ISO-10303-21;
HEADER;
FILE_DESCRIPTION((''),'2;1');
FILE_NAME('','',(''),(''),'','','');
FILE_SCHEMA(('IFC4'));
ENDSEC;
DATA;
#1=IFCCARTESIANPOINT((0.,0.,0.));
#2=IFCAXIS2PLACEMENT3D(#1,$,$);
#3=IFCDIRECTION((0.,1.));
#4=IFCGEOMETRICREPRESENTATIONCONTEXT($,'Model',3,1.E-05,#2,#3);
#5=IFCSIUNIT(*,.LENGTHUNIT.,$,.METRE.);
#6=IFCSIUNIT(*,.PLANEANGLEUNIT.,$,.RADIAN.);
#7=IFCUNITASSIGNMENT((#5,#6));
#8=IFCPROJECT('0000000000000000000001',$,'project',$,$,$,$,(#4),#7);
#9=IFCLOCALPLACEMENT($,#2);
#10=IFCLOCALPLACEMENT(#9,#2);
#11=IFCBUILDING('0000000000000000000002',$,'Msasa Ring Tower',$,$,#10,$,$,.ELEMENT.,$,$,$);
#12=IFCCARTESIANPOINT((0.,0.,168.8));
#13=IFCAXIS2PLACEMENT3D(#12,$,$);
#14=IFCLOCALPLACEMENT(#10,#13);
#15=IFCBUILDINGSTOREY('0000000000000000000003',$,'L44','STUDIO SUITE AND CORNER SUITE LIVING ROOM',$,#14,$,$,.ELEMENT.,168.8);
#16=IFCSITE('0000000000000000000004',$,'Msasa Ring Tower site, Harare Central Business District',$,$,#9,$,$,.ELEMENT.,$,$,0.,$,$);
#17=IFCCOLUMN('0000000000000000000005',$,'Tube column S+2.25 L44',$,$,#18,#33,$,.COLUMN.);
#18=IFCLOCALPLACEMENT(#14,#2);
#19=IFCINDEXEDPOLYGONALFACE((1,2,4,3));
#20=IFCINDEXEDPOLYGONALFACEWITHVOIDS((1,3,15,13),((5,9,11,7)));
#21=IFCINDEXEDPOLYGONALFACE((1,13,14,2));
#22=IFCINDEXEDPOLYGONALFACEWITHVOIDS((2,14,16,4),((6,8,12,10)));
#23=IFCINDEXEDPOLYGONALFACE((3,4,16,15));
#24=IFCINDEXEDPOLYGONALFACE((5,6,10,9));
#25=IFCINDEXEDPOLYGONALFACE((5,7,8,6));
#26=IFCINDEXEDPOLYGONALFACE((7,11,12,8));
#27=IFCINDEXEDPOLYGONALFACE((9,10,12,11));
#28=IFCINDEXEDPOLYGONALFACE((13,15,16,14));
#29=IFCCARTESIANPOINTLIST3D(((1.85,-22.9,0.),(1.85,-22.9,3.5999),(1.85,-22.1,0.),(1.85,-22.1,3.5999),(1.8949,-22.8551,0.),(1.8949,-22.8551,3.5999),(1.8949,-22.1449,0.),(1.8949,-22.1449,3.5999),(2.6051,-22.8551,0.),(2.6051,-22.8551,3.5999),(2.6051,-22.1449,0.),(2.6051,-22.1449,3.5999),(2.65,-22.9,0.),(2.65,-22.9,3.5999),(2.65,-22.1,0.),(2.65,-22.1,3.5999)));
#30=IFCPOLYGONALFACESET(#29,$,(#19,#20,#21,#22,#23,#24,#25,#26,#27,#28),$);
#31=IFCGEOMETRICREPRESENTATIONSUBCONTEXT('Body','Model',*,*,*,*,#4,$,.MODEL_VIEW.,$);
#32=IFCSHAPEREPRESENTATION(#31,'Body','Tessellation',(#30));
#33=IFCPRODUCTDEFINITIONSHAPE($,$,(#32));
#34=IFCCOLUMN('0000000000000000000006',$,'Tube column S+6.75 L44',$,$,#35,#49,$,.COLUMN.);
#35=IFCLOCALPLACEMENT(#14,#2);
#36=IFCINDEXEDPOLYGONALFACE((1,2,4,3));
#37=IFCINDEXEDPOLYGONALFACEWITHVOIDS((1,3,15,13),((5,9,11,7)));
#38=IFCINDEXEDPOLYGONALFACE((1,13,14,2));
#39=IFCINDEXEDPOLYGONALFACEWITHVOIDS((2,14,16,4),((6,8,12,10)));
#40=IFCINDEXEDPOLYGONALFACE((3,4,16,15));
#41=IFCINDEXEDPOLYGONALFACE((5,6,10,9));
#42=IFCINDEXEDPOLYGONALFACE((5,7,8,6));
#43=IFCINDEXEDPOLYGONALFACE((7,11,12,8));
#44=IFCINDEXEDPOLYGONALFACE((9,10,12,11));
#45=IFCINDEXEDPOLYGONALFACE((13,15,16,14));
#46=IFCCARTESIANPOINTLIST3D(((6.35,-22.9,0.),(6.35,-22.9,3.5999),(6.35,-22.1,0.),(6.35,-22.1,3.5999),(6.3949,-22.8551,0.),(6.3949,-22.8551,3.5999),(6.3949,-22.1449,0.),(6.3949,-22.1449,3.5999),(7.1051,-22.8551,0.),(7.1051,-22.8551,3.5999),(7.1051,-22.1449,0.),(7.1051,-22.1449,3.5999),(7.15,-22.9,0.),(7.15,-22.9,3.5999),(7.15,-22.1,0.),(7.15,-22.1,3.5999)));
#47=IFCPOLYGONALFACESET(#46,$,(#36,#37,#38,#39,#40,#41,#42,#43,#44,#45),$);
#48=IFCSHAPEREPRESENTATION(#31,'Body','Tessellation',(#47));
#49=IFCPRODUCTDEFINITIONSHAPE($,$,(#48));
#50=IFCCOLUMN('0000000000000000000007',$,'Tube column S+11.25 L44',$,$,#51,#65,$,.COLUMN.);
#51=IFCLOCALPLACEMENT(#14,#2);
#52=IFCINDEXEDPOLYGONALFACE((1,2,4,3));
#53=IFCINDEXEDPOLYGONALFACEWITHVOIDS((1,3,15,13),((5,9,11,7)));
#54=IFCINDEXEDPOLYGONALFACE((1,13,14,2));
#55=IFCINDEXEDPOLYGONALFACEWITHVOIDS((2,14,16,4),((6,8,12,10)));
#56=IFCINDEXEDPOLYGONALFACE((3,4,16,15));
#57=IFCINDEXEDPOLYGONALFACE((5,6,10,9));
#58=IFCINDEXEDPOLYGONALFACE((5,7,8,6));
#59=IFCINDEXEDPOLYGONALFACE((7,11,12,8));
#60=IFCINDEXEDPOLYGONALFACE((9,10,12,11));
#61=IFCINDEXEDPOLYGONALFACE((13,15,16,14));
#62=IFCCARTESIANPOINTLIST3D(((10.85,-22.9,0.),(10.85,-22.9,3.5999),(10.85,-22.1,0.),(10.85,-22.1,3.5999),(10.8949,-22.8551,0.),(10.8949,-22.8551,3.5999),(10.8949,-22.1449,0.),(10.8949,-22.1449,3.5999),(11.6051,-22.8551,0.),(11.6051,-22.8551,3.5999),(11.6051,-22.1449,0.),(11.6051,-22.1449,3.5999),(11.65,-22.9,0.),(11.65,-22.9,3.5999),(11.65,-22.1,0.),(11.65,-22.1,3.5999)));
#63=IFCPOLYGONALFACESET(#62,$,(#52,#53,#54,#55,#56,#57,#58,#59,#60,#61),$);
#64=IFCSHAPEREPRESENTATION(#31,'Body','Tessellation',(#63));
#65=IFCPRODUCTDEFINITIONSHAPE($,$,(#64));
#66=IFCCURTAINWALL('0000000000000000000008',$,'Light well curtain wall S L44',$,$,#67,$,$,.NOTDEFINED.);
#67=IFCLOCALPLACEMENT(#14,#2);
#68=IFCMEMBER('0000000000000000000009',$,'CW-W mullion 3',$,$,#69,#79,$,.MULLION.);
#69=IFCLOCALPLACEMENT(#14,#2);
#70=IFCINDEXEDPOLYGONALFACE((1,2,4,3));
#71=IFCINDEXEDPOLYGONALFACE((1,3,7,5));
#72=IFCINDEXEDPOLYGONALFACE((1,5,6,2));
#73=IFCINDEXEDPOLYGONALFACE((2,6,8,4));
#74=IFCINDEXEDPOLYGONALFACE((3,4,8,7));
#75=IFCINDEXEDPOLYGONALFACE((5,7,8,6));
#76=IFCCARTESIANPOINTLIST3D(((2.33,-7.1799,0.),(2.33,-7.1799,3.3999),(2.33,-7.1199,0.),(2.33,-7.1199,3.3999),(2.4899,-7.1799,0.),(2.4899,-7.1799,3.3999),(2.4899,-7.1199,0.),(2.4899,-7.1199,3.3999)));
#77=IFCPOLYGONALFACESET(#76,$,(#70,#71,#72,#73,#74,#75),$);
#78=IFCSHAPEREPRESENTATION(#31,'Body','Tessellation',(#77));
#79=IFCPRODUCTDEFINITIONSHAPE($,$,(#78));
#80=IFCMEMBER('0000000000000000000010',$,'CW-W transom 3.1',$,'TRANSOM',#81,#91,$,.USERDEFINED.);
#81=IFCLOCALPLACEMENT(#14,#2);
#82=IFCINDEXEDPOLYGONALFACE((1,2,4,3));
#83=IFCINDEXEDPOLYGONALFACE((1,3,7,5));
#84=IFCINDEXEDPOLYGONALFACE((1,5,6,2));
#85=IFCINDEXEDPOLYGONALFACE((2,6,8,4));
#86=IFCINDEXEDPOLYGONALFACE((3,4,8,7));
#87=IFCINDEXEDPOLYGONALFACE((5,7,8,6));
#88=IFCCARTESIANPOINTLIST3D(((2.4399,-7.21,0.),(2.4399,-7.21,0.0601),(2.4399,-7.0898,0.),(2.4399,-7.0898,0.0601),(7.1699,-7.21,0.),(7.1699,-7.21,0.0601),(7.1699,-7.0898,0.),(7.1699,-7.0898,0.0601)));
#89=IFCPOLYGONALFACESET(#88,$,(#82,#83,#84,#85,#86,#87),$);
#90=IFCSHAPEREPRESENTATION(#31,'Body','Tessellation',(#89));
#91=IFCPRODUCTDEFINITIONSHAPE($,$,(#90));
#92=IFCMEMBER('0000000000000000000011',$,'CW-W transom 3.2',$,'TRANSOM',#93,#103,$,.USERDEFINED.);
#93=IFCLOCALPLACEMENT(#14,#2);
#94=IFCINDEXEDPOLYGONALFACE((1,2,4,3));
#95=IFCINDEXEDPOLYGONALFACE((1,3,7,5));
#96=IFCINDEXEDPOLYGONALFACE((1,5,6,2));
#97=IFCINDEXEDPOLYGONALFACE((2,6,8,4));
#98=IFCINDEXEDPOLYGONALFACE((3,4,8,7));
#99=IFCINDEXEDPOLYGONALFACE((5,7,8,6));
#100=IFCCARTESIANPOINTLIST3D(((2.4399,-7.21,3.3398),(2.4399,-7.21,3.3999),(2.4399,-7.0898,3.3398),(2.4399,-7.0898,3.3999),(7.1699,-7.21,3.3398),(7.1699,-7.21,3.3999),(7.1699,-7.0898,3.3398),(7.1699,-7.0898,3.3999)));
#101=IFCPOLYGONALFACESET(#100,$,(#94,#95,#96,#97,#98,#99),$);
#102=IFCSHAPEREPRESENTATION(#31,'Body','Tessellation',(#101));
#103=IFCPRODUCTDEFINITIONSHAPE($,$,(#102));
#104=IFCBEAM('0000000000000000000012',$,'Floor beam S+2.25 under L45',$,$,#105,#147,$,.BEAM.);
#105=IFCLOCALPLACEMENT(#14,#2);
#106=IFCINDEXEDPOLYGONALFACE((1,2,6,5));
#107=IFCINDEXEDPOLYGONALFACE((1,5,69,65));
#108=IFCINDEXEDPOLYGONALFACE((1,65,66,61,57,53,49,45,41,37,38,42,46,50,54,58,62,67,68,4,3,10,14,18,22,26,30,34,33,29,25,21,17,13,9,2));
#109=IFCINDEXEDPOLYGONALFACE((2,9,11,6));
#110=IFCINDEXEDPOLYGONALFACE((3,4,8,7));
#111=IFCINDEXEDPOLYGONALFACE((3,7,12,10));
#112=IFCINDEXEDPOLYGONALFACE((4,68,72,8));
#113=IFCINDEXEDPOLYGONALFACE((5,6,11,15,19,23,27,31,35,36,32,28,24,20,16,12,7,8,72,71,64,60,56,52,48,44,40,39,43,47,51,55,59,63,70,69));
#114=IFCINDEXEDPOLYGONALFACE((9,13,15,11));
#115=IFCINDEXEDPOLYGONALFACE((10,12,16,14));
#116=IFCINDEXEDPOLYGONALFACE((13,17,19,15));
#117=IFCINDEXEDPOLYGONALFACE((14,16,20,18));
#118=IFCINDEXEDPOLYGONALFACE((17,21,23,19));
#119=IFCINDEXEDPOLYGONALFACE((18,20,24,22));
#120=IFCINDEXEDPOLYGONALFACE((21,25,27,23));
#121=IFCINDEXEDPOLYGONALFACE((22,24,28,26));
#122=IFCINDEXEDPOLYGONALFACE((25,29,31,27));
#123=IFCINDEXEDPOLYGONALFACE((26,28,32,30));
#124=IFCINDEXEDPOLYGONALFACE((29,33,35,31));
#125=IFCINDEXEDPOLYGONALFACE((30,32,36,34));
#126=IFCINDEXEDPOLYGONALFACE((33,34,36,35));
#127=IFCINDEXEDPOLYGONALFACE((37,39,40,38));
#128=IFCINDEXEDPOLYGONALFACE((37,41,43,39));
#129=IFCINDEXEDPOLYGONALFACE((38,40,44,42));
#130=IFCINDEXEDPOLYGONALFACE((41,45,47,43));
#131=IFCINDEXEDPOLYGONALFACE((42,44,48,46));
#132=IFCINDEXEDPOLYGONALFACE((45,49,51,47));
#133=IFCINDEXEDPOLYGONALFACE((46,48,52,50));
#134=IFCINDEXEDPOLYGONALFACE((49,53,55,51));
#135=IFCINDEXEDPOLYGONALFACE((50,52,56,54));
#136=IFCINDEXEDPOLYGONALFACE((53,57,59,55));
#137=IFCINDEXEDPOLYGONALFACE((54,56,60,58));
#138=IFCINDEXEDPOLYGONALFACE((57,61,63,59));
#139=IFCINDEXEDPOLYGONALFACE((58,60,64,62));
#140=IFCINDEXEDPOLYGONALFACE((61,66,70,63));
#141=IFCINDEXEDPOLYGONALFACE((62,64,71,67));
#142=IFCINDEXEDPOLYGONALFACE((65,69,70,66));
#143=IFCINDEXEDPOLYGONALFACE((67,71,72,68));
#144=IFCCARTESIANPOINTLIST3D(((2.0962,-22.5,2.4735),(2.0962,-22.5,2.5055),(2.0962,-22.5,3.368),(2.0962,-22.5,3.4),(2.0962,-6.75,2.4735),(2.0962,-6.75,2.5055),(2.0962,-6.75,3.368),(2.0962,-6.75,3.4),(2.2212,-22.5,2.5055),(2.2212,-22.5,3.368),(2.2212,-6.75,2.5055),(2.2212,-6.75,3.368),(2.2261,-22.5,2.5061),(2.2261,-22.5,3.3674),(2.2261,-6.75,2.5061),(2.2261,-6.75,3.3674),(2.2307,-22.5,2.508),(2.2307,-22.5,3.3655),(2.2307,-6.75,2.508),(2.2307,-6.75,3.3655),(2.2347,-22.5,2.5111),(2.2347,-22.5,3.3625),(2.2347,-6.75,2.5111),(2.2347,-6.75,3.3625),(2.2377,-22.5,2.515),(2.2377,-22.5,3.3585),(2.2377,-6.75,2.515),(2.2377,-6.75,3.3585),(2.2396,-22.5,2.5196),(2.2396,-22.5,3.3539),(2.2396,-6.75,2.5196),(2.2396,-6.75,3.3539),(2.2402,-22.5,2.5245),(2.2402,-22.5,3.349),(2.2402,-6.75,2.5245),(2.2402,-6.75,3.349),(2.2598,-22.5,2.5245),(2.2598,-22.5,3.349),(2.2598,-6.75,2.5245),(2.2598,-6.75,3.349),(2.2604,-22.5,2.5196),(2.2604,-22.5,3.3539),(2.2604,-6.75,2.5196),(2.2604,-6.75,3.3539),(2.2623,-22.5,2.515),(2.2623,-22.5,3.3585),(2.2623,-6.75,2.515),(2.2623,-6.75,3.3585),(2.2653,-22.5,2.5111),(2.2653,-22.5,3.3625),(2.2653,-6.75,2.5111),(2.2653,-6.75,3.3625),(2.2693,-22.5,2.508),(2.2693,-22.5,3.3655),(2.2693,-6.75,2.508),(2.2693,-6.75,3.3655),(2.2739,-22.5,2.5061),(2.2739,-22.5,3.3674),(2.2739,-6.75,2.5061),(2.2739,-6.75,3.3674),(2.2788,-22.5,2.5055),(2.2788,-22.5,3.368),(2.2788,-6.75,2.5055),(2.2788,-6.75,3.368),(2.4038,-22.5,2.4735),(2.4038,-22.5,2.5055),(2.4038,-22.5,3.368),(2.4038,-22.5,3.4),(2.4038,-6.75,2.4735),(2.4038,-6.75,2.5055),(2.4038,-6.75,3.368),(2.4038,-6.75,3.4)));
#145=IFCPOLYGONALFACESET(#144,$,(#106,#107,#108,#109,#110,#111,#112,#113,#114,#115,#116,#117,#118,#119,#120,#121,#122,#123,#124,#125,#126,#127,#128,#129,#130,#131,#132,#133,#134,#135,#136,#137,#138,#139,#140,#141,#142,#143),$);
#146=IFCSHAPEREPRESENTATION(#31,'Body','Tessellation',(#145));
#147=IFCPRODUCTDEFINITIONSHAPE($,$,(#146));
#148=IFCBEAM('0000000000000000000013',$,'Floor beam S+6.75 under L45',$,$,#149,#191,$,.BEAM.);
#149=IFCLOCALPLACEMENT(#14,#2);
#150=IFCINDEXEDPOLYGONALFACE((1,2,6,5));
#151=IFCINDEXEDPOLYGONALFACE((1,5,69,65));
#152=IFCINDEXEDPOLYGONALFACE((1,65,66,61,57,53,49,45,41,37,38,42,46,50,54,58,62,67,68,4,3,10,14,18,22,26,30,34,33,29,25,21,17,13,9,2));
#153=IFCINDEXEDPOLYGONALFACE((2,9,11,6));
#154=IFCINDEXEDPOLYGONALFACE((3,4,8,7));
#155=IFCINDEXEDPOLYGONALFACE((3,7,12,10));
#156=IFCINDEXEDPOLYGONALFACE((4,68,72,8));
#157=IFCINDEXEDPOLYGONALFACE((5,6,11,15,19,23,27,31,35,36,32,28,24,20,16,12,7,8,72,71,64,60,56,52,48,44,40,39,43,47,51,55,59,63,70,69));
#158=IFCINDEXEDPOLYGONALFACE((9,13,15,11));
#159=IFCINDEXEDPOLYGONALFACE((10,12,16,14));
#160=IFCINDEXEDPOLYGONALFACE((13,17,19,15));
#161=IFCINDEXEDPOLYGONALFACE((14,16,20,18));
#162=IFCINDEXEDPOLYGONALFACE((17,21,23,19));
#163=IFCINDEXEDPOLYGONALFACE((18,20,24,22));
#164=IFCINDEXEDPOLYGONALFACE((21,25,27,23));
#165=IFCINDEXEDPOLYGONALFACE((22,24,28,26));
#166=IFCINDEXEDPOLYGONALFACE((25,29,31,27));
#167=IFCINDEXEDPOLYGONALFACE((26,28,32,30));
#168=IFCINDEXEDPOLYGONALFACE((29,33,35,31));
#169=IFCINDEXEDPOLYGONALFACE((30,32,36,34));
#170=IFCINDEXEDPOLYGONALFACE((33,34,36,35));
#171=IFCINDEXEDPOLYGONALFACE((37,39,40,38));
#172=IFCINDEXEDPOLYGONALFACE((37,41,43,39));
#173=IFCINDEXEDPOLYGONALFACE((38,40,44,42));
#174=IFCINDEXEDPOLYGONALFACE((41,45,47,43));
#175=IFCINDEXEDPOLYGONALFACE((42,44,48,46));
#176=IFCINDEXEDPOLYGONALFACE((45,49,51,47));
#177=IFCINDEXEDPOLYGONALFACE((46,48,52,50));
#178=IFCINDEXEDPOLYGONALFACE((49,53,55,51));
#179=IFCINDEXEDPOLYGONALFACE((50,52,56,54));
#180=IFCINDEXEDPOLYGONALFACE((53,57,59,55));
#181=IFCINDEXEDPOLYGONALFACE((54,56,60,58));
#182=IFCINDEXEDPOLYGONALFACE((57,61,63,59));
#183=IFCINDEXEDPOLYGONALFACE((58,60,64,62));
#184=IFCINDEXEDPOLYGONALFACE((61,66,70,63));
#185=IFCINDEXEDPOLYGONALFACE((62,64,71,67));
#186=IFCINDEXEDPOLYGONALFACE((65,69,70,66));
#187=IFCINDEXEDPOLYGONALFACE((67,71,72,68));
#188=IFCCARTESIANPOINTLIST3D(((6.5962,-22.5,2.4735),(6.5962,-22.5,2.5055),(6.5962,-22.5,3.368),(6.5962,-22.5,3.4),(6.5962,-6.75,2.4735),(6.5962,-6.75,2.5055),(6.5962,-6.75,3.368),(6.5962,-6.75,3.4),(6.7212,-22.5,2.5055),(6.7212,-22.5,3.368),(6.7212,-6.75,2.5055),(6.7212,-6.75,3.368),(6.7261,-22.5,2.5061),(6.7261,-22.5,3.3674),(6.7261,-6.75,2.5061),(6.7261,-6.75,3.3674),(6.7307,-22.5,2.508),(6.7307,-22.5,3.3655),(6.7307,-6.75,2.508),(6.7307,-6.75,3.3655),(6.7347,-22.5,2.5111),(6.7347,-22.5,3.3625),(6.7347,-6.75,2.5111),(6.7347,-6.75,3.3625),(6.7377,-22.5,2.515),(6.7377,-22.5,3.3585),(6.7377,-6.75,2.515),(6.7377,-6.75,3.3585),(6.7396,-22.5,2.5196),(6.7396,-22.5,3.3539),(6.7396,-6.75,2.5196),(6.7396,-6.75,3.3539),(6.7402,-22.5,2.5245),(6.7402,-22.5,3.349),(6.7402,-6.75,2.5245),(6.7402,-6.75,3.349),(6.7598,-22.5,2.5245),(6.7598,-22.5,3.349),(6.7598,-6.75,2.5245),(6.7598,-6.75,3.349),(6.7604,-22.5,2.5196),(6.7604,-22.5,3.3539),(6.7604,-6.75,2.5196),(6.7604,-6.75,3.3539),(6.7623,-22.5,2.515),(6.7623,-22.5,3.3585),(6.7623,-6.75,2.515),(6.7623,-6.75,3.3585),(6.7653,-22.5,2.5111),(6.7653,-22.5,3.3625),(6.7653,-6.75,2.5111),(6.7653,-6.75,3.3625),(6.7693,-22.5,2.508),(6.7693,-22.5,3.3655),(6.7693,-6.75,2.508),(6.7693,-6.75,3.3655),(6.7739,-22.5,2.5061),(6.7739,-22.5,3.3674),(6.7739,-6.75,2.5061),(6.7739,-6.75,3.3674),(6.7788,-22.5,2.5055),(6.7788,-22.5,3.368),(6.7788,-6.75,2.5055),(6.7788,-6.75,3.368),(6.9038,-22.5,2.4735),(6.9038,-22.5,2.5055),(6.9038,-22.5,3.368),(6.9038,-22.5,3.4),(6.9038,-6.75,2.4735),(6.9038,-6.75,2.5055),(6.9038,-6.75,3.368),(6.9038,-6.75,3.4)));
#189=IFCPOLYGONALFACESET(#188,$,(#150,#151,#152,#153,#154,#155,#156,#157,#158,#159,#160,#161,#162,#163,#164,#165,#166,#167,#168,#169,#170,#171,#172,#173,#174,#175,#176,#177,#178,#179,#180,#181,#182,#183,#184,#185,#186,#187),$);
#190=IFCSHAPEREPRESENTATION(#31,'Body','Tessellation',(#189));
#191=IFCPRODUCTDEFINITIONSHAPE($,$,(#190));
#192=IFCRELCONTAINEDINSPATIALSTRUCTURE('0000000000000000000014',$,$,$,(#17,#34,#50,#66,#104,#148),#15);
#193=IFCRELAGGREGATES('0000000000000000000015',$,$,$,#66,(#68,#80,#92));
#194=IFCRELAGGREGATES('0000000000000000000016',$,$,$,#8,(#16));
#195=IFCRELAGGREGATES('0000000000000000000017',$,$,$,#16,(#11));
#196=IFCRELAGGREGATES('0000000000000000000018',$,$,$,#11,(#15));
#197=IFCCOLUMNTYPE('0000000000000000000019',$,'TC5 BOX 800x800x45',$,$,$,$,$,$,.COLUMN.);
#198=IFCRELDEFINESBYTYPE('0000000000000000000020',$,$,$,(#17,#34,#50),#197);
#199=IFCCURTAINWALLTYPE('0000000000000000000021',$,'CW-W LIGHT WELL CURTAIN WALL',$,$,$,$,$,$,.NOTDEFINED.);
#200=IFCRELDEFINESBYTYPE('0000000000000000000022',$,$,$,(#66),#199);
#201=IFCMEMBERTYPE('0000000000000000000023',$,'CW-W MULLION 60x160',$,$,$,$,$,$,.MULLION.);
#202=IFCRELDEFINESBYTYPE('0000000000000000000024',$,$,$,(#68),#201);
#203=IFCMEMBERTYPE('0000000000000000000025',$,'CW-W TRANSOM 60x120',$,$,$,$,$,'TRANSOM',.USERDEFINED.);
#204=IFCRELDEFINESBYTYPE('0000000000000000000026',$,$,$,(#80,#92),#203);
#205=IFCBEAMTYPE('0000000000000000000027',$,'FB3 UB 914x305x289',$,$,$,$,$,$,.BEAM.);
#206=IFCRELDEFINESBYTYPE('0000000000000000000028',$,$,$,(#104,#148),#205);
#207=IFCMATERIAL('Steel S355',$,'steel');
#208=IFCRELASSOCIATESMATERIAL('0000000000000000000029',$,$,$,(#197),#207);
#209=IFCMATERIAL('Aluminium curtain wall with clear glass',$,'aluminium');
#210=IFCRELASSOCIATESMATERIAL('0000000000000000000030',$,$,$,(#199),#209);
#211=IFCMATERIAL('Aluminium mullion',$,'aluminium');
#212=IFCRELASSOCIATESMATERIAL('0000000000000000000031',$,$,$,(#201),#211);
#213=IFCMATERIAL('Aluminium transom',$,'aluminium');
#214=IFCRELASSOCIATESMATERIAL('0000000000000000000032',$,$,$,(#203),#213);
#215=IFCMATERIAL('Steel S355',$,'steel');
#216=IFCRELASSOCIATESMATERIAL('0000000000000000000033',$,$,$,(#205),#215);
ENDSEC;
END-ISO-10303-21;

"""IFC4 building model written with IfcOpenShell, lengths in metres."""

from ifc_helpers import new_model, si_unit, direction, frame, origin, origin_2d, place, context, subcontext, project, spatial, rectangle, hollow_rectangle, i_section, extrude, material, material_profile, profile_set, type_object, element, aggregate, save


model = new_model("IFC4")

# Units and contexts
model_context = context("Model", 3, precision=1e-05, world=origin(), true_north=direction((0.0, 1.0)))
body_context = subcontext(model_context, "Body", "Model", "MODEL_VIEW")
ifc_project = project(units=[si_unit("LENGTHUNIT", "METRE"), si_unit("PLANEANGLEUNIT", "RADIAN")], contexts=[model_context])

# Site, building, storey
site_placement = place(None, origin())
site = spatial("IfcSite", under=ifc_project, at=site_placement, Name="Msasa Ring Tower site, Harare Central Business District", CompositionType="ELEMENT", RefElevation=0.0)
building_placement = place(site_placement, origin())
building = spatial("IfcBuilding", under=site, at=building_placement, Name="Msasa Ring Tower", CompositionType="ELEMENT")
storey_placement = place(building_placement, frame((0.0, 0.0, 168.8)))
storey = spatial("IfcBuildingStorey", under=building, at=storey_placement, Name="L44", Description="STUDIO SUITE AND CORNER SUITE LIVING ROOM", CompositionType="ELEMENT", Elevation=168.8)

# Columns
ifc_material_1 = material(Name="Steel S355", Category="steel")
ifc_material_profile_1 = material_profile(ifc_material_1, hollow_rectangle(XDim=0.8, YDim=0.8, WallThickness=0.0449, at=origin_2d()), Name="BOX 800x800x45")
ifc_profile_set_1 = profile_set([ifc_material_profile_1], Name="Steel S355")
column_type = type_object("IfcColumnType", Name="TC5 BOX 800x800x45", PredefinedType="COLUMN", material=ifc_profile_set_1)
for number, where, z_axis, x_axis, name in (
    (1, (2.25, -22.5, 0.0), (0.0, 0.0, 1.0), (0.0, 1.0, 0.0), "Tube column S+2.25 L44"),
    (2, (6.75, -22.5, 0.0), (0.0, 0.0, 1.0), (0.0, 1.0, 0.0), "Tube column S+6.75 L44"),
    (3, (11.25, -22.5, 0.0), (0.0, 0.0, 1.0), (0.0, 1.0, 0.0), "Tube column S+11.25 L44"),
):
    element("IfcColumn", number, at=place(storey_placement, frame(where, z_axis=z_axis, x_axis=x_axis)), inside=storey, type_object=column_type, Name=name, PredefinedType="COLUMN", context=body_context, shape_type="SweptSolid", body=[
        extrude(hollow_rectangle(XDim=0.8, YDim=0.8, WallThickness=0.0449, at=origin_2d()), origin(), (0.0, 0.0, 1.0), 3.5999),
    ])

# Curtain wall, members
ifc_material_2 = material(Name="Aluminium curtain wall with clear glass", Category="aluminium")
curtain_wall_type = type_object("IfcCurtainWallType", Name="CW-W LIGHT WELL CURTAIN WALL", PredefinedType="NOTDEFINED", material=ifc_material_2)
curtain_wall_placement = place(storey_placement, origin())
curtain_wall = element("IfcCurtainWall", 4, at=curtain_wall_placement, inside=storey, type_object=curtain_wall_type, Name="Light well curtain wall S L44", PredefinedType="NOTDEFINED")
ifc_material_3 = material(Name="Aluminium mullion", Category="aluminium")
ifc_material_profile_2 = material_profile(ifc_material_3, rectangle(XDim=0.0601, YDim=0.1599, at=origin_2d()), Name="AL 60x160")
ifc_profile_set_2 = profile_set([ifc_material_profile_2], Name="Aluminium mullion")
member_type_1 = type_object("IfcMemberType", Name="CW-W MULLION 60x160", PredefinedType="MULLION", material=ifc_profile_set_2)
member_1_placement = place(storey_placement, frame((2.4099, -7.1499, 0.0), z_axis=(0.0, 0.0, 1.0), x_axis=(0.0, 1.0, 0.0)))
member_1 = element("IfcMember", 5, at=member_1_placement, type_object=member_type_1, Name="CW-W mullion 3", PredefinedType="MULLION", context=body_context, shape_type="SweptSolid", body=[
    extrude(rectangle(XDim=0.0601, YDim=0.1599, at=origin_2d()), origin(), (0.0, 0.0, 1.0), 3.3999),
])
ifc_material_4 = material(Name="Aluminium transom", Category="aluminium")
ifc_material_profile_3 = material_profile(ifc_material_4, rectangle(XDim=0.1201, YDim=0.0601, at=origin_2d()), Name="AL 60x120")
ifc_profile_set_3 = profile_set([ifc_material_profile_3], Name="Aluminium transom")
member_type_2 = type_object("IfcMemberType", Name="CW-W TRANSOM 60x120", ElementType="TRANSOM", PredefinedType="USERDEFINED", material=ifc_profile_set_3)
member_2_placement = place(storey_placement, frame((2.4399, -7.1499, 0.03), z_axis=(1.0, 0.0, 0.0), x_axis=(0.0, 1.0, 0.0)))
member_2 = element("IfcMember", 6, at=member_2_placement, type_object=member_type_2, Name="CW-W transom 3.1", ObjectType="TRANSOM", PredefinedType="USERDEFINED", context=body_context, shape_type="SweptSolid", body=[
    extrude(rectangle(XDim=0.1201, YDim=0.0601, at=origin_2d()), origin(), (0.0, 0.0, 1.0), 4.73),
])
member_3_placement = place(storey_placement, frame((2.4399, -7.1499, 3.3699), z_axis=(1.0, 0.0, 0.0), x_axis=(0.0, 1.0, 0.0)))
member_3 = element("IfcMember", 7, at=member_3_placement, type_object=member_type_2, Name="CW-W transom 3.2", ObjectType="TRANSOM", PredefinedType="USERDEFINED", context=body_context, shape_type="SweptSolid", body=[
    extrude(rectangle(XDim=0.1201, YDim=0.0601, at=origin_2d()), origin(), (0.0, 0.0, 1.0), 4.73),
])

# Beams
ifc_material_5 = material(Name="Steel S355", Category="steel")
ifc_material_profile_4 = material_profile(ifc_material_5, i_section(OverallWidth=0.3076, OverallDepth=0.9265, WebThickness=0.0195, FlangeThickness=0.032, FilletRadius=0.019, at=origin_2d()), Name="UB 914x305x289")
ifc_profile_set_4 = profile_set([ifc_material_profile_4], Name="Steel S355")
beam_type_1 = type_object("IfcBeamType", Name="FB3 UB 914x305x289", PredefinedType="BEAM", material=ifc_profile_set_4)
for number, where, z_axis, x_axis, name in (
    (8, (2.25, -22.5, 2.9368), (0.0, 1.0, 0.0), (-1.0, 0.0, 0.0), "Floor beam S+2.25 under L45"),
    (9, (6.75, -22.5, 2.9368), (0.0, 1.0, 0.0), (-1.0, 0.0, 0.0), "Floor beam S+6.75 under L45"),
):
    element("IfcBeam", number, at=place(storey_placement, frame(where, z_axis=z_axis, x_axis=x_axis)), inside=storey, type_object=beam_type_1, Name=name, PredefinedType="BEAM", context=body_context, shape_type="SweptSolid", body=[
        extrude(i_section(OverallWidth=0.3076, OverallDepth=0.9265, WebThickness=0.0195, FlangeThickness=0.032, FilletRadius=0.019, at=origin_2d()), origin(), (0.0, 0.0, 1.0), 15.75),
    ])

aggregate(curtain_wall, [member_1, member_2, member_3])

save(model, "model.ifc")
